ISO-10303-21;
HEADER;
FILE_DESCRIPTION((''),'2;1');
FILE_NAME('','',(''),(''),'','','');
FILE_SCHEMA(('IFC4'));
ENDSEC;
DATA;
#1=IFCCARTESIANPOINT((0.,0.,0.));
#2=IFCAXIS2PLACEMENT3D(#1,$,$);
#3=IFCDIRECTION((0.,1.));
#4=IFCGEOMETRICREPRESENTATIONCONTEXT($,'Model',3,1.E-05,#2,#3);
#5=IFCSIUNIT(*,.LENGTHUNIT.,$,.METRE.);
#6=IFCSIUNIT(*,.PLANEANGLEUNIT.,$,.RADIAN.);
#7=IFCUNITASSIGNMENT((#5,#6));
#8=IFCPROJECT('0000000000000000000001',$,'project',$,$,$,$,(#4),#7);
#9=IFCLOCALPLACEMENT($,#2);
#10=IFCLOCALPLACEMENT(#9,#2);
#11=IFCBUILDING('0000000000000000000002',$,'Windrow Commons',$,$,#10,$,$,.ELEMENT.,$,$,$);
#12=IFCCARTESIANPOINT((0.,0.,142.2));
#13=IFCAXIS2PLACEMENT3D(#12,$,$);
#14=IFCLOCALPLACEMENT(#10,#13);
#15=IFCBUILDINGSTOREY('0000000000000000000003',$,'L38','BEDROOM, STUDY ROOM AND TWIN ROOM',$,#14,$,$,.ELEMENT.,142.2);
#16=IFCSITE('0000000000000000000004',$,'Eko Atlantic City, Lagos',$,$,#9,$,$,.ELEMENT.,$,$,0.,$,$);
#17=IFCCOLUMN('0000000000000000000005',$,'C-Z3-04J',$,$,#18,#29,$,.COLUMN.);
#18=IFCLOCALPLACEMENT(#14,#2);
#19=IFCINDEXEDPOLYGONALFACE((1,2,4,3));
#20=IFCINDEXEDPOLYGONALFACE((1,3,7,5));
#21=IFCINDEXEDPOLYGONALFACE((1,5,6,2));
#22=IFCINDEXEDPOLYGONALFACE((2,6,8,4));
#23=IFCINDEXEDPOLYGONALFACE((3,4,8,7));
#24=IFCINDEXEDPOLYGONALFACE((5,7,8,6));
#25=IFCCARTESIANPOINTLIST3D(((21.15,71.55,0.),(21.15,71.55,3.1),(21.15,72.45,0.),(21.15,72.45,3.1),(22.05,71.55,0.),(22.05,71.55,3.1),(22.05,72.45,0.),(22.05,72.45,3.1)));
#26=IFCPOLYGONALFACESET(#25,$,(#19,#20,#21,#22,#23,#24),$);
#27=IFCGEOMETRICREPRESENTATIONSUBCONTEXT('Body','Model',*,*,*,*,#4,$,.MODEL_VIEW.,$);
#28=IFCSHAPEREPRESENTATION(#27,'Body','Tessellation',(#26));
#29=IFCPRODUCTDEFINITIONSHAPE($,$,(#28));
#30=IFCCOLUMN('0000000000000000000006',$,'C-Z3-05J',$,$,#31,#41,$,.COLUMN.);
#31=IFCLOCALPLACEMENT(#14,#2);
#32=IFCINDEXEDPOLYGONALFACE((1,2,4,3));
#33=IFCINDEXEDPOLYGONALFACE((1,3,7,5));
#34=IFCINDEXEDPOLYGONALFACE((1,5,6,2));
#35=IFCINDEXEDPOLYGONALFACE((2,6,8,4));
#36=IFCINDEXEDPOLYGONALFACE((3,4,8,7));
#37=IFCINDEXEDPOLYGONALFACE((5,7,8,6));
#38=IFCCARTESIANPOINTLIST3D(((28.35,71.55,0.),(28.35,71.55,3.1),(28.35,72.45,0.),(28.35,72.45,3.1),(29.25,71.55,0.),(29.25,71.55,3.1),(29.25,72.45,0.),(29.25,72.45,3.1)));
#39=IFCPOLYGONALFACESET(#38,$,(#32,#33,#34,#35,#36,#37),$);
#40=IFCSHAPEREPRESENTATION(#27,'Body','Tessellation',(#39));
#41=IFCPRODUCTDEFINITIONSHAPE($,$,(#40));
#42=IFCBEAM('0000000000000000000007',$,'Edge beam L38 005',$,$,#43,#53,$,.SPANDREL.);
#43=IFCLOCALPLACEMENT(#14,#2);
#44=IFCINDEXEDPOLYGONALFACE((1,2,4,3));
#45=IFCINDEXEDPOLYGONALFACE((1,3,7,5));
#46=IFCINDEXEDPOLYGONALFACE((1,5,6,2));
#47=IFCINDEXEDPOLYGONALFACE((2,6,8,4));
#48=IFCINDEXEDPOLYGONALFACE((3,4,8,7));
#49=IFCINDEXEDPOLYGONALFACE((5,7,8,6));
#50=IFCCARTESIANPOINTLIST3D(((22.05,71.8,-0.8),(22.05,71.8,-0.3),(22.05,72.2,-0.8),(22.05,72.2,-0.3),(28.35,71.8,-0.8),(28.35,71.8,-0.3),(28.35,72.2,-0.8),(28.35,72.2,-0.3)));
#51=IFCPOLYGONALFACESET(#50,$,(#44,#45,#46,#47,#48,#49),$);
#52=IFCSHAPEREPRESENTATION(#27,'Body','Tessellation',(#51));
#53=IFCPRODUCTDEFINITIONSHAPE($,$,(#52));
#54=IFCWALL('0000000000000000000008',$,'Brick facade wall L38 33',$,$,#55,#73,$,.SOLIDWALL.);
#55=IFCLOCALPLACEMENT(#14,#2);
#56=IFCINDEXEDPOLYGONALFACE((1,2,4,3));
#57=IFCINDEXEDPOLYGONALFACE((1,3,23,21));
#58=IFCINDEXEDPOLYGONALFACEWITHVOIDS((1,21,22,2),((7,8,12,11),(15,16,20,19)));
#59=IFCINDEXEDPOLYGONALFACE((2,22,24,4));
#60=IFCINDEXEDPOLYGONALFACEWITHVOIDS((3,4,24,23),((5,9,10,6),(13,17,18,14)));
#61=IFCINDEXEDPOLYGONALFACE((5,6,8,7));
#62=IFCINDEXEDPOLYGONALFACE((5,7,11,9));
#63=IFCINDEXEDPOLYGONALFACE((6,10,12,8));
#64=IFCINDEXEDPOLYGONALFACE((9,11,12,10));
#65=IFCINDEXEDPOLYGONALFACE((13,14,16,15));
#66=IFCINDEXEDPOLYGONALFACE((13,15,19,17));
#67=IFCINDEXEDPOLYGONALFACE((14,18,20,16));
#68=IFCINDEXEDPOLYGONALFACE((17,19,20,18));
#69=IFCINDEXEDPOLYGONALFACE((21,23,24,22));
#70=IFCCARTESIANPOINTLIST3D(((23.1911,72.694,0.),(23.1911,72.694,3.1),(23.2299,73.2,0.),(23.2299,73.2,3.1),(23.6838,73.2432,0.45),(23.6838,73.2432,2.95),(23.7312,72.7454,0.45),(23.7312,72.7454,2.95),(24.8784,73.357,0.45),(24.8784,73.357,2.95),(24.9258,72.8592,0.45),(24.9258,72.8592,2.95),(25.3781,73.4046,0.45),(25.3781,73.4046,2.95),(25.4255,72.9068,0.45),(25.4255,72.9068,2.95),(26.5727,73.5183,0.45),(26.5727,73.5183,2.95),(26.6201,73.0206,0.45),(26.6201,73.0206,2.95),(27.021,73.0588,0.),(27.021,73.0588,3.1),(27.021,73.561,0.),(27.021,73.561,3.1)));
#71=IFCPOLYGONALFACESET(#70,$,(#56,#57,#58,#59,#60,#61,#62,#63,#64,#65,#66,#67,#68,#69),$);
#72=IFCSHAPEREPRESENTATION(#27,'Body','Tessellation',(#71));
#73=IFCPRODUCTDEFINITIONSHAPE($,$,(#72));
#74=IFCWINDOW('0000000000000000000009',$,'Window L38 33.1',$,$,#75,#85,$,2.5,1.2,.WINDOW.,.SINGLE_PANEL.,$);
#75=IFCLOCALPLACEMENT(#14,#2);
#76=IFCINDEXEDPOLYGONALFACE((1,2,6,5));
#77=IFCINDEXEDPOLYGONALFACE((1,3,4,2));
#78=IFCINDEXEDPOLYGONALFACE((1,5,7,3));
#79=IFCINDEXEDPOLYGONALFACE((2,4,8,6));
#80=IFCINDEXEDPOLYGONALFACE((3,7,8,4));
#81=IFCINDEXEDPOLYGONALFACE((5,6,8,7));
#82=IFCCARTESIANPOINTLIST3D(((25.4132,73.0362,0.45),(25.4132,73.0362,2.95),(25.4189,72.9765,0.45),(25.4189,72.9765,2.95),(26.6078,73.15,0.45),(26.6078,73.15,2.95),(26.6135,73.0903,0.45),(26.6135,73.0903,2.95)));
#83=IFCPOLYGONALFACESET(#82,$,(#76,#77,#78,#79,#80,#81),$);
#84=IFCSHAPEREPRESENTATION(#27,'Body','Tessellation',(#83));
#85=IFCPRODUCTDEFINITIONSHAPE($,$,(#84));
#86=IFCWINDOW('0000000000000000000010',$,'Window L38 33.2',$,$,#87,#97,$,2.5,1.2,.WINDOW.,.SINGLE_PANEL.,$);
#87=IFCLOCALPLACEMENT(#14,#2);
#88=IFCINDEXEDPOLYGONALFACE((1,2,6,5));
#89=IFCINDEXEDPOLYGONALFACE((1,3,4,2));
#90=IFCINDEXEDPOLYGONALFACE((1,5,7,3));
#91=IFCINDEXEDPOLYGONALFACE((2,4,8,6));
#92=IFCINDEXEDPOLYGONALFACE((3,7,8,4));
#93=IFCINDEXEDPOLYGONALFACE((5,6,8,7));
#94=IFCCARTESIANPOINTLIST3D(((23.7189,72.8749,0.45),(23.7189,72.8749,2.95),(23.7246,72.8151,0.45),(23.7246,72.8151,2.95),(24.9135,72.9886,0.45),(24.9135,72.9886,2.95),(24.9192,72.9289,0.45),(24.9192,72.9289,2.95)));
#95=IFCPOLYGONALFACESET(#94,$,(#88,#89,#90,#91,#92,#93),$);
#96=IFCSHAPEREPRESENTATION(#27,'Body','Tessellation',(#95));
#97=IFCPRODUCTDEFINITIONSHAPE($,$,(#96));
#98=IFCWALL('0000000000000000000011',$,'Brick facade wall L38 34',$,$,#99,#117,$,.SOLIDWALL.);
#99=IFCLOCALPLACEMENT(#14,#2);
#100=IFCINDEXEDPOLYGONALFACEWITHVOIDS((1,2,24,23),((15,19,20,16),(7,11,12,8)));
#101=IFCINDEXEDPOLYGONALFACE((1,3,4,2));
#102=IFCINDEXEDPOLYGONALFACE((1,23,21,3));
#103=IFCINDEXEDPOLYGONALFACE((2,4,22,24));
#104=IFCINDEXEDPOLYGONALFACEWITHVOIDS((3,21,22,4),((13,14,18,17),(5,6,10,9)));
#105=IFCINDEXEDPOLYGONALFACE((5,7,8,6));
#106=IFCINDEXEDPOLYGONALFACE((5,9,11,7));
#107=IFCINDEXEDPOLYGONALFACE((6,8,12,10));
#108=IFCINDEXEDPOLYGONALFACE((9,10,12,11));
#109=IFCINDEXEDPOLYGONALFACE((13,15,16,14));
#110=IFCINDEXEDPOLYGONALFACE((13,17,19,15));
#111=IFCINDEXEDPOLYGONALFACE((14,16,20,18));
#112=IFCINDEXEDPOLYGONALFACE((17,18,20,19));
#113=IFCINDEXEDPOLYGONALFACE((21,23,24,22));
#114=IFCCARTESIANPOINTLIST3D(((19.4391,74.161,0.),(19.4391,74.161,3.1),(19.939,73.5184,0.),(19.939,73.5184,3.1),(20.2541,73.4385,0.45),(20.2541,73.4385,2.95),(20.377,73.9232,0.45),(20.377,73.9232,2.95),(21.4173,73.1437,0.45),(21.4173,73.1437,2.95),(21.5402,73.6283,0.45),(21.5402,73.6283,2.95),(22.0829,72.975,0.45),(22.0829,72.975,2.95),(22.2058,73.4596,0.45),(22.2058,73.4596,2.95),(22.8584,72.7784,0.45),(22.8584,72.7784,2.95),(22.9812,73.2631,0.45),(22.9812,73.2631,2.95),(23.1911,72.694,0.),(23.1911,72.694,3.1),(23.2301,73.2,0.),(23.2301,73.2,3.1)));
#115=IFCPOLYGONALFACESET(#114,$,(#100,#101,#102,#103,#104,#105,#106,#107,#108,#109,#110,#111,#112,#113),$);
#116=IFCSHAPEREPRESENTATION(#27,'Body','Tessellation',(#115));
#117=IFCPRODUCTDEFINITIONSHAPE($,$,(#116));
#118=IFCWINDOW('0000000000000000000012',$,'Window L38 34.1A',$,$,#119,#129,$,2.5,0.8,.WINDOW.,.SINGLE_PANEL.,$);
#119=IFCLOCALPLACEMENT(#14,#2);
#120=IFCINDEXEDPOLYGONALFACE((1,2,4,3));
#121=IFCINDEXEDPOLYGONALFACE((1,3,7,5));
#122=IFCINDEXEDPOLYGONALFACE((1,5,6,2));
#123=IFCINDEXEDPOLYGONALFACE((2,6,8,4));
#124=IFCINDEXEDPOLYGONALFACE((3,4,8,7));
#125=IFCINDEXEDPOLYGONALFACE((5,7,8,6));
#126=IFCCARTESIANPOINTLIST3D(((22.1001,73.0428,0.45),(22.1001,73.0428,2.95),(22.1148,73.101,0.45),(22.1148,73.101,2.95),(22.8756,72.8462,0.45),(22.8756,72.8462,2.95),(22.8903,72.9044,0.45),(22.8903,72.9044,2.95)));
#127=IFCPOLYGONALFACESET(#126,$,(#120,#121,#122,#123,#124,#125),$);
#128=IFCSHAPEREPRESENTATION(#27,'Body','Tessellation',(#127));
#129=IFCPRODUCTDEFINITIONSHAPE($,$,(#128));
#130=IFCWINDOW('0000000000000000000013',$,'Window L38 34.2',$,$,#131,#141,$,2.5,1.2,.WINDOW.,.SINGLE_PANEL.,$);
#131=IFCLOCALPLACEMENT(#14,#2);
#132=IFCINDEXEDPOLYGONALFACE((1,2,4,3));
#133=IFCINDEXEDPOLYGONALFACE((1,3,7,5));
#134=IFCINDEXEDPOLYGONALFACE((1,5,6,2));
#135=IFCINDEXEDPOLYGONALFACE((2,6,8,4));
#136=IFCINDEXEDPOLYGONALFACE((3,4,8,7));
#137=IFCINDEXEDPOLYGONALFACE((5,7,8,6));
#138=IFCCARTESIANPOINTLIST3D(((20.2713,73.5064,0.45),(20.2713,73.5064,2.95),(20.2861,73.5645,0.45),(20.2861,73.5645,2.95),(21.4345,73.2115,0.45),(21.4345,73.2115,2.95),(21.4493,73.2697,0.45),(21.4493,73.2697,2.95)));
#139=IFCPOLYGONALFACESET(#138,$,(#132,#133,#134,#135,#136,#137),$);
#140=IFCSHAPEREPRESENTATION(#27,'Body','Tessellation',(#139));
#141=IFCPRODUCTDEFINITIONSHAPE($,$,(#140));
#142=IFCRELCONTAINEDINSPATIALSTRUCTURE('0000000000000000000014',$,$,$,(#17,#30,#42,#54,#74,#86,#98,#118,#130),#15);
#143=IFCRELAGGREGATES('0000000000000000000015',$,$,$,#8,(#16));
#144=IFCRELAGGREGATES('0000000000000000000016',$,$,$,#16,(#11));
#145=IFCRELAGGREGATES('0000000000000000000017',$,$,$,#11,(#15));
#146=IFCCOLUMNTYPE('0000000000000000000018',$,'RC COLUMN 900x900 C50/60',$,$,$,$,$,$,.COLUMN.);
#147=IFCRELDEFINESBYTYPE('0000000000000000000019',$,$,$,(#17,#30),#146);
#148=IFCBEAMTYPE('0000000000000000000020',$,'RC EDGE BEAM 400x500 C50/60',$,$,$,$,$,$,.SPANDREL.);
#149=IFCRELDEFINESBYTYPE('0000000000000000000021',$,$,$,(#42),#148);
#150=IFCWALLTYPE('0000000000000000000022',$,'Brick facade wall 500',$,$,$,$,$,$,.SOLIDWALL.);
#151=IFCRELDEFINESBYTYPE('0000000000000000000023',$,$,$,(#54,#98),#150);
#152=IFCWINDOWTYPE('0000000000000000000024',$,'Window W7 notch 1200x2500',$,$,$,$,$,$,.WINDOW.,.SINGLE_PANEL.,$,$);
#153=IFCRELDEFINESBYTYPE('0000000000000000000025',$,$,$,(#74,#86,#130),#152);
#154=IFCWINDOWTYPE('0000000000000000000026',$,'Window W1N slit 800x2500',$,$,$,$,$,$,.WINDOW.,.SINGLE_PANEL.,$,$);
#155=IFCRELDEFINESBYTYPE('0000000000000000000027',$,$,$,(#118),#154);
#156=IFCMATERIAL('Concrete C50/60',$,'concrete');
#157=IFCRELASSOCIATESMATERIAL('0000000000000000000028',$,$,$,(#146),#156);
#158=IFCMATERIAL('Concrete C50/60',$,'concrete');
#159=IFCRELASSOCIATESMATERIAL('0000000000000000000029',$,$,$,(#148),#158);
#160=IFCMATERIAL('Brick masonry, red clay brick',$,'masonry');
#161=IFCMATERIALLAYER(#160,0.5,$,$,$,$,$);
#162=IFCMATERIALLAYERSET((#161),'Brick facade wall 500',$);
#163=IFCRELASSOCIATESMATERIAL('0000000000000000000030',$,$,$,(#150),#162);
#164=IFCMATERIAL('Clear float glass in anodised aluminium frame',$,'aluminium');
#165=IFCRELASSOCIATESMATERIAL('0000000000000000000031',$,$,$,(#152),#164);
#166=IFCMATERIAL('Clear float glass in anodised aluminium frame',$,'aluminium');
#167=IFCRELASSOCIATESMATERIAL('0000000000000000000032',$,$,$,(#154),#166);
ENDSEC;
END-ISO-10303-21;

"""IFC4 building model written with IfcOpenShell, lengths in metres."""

from ifc_helpers import new_model, si_unit, direction, frame, frame_2d, origin, origin_2d, place, context, subcontext, project, spatial, polyline, rectangle, outline, extrude, material, layer, layer_set, material_profile, profile_set, type_object, element, fill, save


model = new_model("IFC4")

# Units and contexts
model_context = context("Model", 3, precision=1e-05, world=origin(), true_north=direction((0.0, 1.0)))
body_context = subcontext(model_context, "Body", "Model", "MODEL_VIEW")
ifc_project = project(units=[si_unit("LENGTHUNIT", "METRE"), si_unit("PLANEANGLEUNIT", "RADIAN")], contexts=[model_context])

# Site, building, storey
site_placement = place(None, origin())
site = spatial("IfcSite", under=ifc_project, at=site_placement, Name="Eko Atlantic City, Lagos", CompositionType="ELEMENT", RefElevation=0.0)
building_placement = place(site_placement, origin())
building = spatial("IfcBuilding", under=site, at=building_placement, Name="Windrow Commons", CompositionType="ELEMENT")
storey_placement = place(building_placement, frame((0.0, 0.0, 142.2)))
storey = spatial("IfcBuildingStorey", under=building, at=storey_placement, Name="L38", Description="BEDROOM, STUDY ROOM AND TWIN ROOM", CompositionType="ELEMENT", Elevation=142.2)

# Columns
ifc_material_1 = material(Name="Concrete C50/60", Category="concrete")
ifc_material_profile_1 = material_profile(ifc_material_1, rectangle(XDim=0.9, YDim=0.9, at=origin_2d()))
ifc_profile_set_1 = profile_set([ifc_material_profile_1], Name="Concrete C50/60")
column_type = type_object("IfcColumnType", Name="RC COLUMN 900x900 C50/60", PredefinedType="COLUMN", material=ifc_profile_set_1)
for number, where, z_axis, x_axis, name in (
    (1, (21.6, 72.0, 0.0), (0.0, 0.0, 1.0), (1.0, 0.0, 0.0), "C-Z3-04J"),
    (2, (28.8, 72.0, 0.0), (0.0, 0.0, 1.0), (1.0, 0.0, 0.0), "C-Z3-05J"),
):
    element("IfcColumn", number, at=place(storey_placement, frame(where, z_axis=z_axis, x_axis=x_axis)), inside=storey, type_object=column_type, Name=name, PredefinedType="COLUMN", context=body_context, shape_type="SweptSolid", body=[
        extrude(rectangle(XDim=0.9, YDim=0.9, at=origin_2d()), origin(), (0.0, 0.0, 1.0), 3.1),
    ])

# Beam
ifc_material_2 = material(Name="Concrete C50/60", Category="concrete")
ifc_material_profile_2 = material_profile(ifc_material_2, rectangle(XDim=0.4, YDim=0.5, at=origin_2d()))
ifc_profile_set_2 = profile_set([ifc_material_profile_2], Name="Concrete C50/60")
beam_type = type_object("IfcBeamType", Name="RC EDGE BEAM 400x500 C50/60", PredefinedType="SPANDREL", material=ifc_profile_set_2)
beam_placement = place(storey_placement, frame((22.05, 72.0, -0.55), z_axis=(1.0, 0.0, 0.0), x_axis=(0.0, 1.0, 0.0)))
element("IfcBeam", 3, at=beam_placement, inside=storey, type_object=beam_type, Name="Edge beam L38 005", PredefinedType="SPANDREL", context=body_context, shape_type="SweptSolid", body=[
    extrude(rectangle(XDim=0.4, YDim=0.5, at=origin_2d()), origin(), (0.0, 0.0, 1.0), 6.3),
])

# Walls, openings, windows
ifc_material_3 = material(Name="Brick masonry, red clay brick", Category="masonry")
ifc_layer_1 = layer(ifc_material_3, 0.5)
ifc_layer_set_1 = layer_set([ifc_layer_1], Name="Brick facade wall 500")
wall_type_1 = type_object("IfcWallType", Name="Brick facade wall 500", PredefinedType="SOLIDWALL", material=ifc_layer_set_1)
wall_1_placement = place(storey_placement, frame((27.021, 73.3099, 0.0), z_axis=(0.0, 0.0, 1.0), x_axis=(-0.995495, -0.09481, 0.0)))
wall_1 = element("IfcWall", 4, at=wall_1_placement, inside=storey, type_object=wall_type_1, Name="Brick facade wall L38 33", PredefinedType="SOLIDWALL", context=body_context, shape_type="SweptSolid", body=[
    extrude(outline(polyline([(-0.0238, -0.25), (3.7844, -0.25), (3.871, 0.25), (0.0238, 0.25), (-0.0238, -0.25)])), origin(), (0.0, 0.0, 1.0), 3.1),
])
opening_1_placement = place(wall_1_placement, frame((0.4265, 0.0, 0.45)))
opening_1 = element("IfcOpeningElement", 5, at=opening_1_placement, cuts=wall_1, PredefinedType="OPENING", context=body_context, shape_type="SweptSolid", body=[
    extrude(rectangle(XDim=1.2, YDim=2.5, at=frame_2d((0.6, 1.25))), frame((0.0, 0.26, 0.0), z_axis=(0.0, -1.0, 0.0), x_axis=(1.0, 0.0, 0.0)), (0.0, 0.0, 1.0), 0.52),
])
opening_2_placement = place(wall_1_placement, frame((2.1285, 0.0, 0.45)))
opening_2 = element("IfcOpeningElement", 6, at=opening_2_placement, cuts=wall_1, PredefinedType="OPENING", context=body_context, shape_type="SweptSolid", body=[
    extrude(rectangle(XDim=1.2, YDim=2.5, at=frame_2d((0.6, 1.25))), frame((0.0, 0.26, 0.0), z_axis=(0.0, -1.0, 0.0), x_axis=(1.0, 0.0, 0.0)), (0.0, 0.0, 1.0), 0.52),
])
ifc_material_4 = material(Name="Clear float glass in anodised aluminium frame", Category="aluminium")
window_type_1 = type_object("IfcWindowType", Name="Window W7 notch 1200x2500", PartitioningType="SINGLE_PANEL", PredefinedType="WINDOW", material=ifc_material_4)
window_1_placement = place(opening_1_placement, origin())
window_1 = element("IfcWindow", 7, at=window_1_placement, inside=storey, type_object=window_type_1, Name="Window L38 33.1", OverallHeight=2.5, OverallWidth=1.2, PartitioningType="SINGLE_PANEL", PredefinedType="WINDOW", context=body_context, shape_type="SweptSolid", body=[
    extrude(rectangle(XDim=1.2, YDim=2.5, at=frame_2d((0.6, 1.25))), frame((0.0, 0.18, 0.0), z_axis=(0.0, -1.0, 0.0), x_axis=(1.0, 0.0, 0.0)), (0.0, 0.0, 1.0), 0.06),
])
fill(opening_1, window_1)
window_2_placement = place(opening_2_placement, origin())
window_2 = element("IfcWindow", 8, at=window_2_placement, inside=storey, type_object=window_type_1, Name="Window L38 33.2", OverallHeight=2.5, OverallWidth=1.2, PartitioningType="SINGLE_PANEL", PredefinedType="WINDOW", context=body_context, shape_type="SweptSolid", body=[
    extrude(rectangle(XDim=1.2, YDim=2.5, at=frame_2d((0.6, 1.25))), frame((0.0, 0.18, 0.0), z_axis=(0.0, -1.0, 0.0), x_axis=(1.0, 0.0, 0.0)), (0.0, 0.0, 1.0), 0.06),
])
fill(opening_2, window_2)
wall_2_placement = place(storey_placement, frame((23.2106, 72.947, 0.0), z_axis=(0.0, 0.0, 1.0), x_axis=(-0.969341, 0.245721, 0.0)))
wall_2 = element("IfcWall", 9, at=wall_2_placement, inside=storey, type_object=wall_type_1, Name="Brick facade wall L38 34", PredefinedType="SOLIDWALL", context=body_context, shape_type="SweptSolid", body=[
    extrude(outline(polyline([(0.0433, -0.25), (3.9542, -0.25), (3.3117, 0.25), (-0.0433, 0.25), (0.0433, -0.25)])), origin(), (0.0, 0.0, 1.0), 3.1),
])
opening_3_placement = place(wall_2_placement, frame((1.7866, 0.0, 0.45)))
opening_3 = element("IfcOpeningElement", 10, at=opening_3_placement, cuts=wall_2, PredefinedType="OPENING", context=body_context, shape_type="SweptSolid", body=[
    extrude(rectangle(XDim=1.2, YDim=2.5, at=frame_2d((0.6, 1.25))), frame((0.0, 0.26, 0.0), z_axis=(0.0, -1.0, 0.0), x_axis=(1.0, 0.0, 0.0)), (0.0, 0.0, 1.0), 0.52),
])
opening_4_placement = place(wall_2_placement, frame((0.3, 0.0, 0.45)))
opening_4 = element("IfcOpeningElement", 11, at=opening_4_placement, cuts=wall_2, PredefinedType="OPENING", context=body_context, shape_type="SweptSolid", body=[
    extrude(rectangle(XDim=0.8, YDim=2.5, at=frame_2d((0.4, 1.25))), frame((0.0, 0.26, 0.0), z_axis=(0.0, -1.0, 0.0), x_axis=(1.0, 0.0, 0.0)), (0.0, 0.0, 1.0), 0.52),
])
ifc_material_5 = material(Name="Clear float glass in anodised aluminium frame", Category="aluminium")
window_type_2 = type_object("IfcWindowType", Name="Window W1N slit 800x2500", PartitioningType="SINGLE_PANEL", PredefinedType="WINDOW", material=ifc_material_5)
window_3_placement = place(opening_4_placement, origin())
window_3 = element("IfcWindow", 12, at=window_3_placement, inside=storey, type_object=window_type_2, Name="Window L38 34.1A", OverallHeight=2.5, OverallWidth=0.8, PartitioningType="SINGLE_PANEL", PredefinedType="WINDOW", context=body_context, shape_type="SweptSolid", body=[
    extrude(rectangle(XDim=0.8, YDim=2.5, at=frame_2d((0.4, 1.25))), frame((0.0, 0.18, 0.0), z_axis=(0.0, -1.0, 0.0), x_axis=(1.0, 0.0, 0.0)), (0.0, 0.0, 1.0), 0.06),
])
fill(opening_4, window_3)
window_4_placement = place(opening_3_placement, origin())
window_4 = element("IfcWindow", 13, at=window_4_placement, inside=storey, type_object=window_type_1, Name="Window L38 34.2", OverallHeight=2.5, OverallWidth=1.2, PartitioningType="SINGLE_PANEL", PredefinedType="WINDOW", context=body_context, shape_type="SweptSolid", body=[
    extrude(rectangle(XDim=1.2, YDim=2.5, at=frame_2d((0.6, 1.25))), frame((0.0, 0.18, 0.0), z_axis=(0.0, -1.0, 0.0), x_axis=(1.0, 0.0, 0.0)), (0.0, 0.0, 1.0), 0.06),
])
fill(opening_3, window_4)

save(model, "model.ifc")
